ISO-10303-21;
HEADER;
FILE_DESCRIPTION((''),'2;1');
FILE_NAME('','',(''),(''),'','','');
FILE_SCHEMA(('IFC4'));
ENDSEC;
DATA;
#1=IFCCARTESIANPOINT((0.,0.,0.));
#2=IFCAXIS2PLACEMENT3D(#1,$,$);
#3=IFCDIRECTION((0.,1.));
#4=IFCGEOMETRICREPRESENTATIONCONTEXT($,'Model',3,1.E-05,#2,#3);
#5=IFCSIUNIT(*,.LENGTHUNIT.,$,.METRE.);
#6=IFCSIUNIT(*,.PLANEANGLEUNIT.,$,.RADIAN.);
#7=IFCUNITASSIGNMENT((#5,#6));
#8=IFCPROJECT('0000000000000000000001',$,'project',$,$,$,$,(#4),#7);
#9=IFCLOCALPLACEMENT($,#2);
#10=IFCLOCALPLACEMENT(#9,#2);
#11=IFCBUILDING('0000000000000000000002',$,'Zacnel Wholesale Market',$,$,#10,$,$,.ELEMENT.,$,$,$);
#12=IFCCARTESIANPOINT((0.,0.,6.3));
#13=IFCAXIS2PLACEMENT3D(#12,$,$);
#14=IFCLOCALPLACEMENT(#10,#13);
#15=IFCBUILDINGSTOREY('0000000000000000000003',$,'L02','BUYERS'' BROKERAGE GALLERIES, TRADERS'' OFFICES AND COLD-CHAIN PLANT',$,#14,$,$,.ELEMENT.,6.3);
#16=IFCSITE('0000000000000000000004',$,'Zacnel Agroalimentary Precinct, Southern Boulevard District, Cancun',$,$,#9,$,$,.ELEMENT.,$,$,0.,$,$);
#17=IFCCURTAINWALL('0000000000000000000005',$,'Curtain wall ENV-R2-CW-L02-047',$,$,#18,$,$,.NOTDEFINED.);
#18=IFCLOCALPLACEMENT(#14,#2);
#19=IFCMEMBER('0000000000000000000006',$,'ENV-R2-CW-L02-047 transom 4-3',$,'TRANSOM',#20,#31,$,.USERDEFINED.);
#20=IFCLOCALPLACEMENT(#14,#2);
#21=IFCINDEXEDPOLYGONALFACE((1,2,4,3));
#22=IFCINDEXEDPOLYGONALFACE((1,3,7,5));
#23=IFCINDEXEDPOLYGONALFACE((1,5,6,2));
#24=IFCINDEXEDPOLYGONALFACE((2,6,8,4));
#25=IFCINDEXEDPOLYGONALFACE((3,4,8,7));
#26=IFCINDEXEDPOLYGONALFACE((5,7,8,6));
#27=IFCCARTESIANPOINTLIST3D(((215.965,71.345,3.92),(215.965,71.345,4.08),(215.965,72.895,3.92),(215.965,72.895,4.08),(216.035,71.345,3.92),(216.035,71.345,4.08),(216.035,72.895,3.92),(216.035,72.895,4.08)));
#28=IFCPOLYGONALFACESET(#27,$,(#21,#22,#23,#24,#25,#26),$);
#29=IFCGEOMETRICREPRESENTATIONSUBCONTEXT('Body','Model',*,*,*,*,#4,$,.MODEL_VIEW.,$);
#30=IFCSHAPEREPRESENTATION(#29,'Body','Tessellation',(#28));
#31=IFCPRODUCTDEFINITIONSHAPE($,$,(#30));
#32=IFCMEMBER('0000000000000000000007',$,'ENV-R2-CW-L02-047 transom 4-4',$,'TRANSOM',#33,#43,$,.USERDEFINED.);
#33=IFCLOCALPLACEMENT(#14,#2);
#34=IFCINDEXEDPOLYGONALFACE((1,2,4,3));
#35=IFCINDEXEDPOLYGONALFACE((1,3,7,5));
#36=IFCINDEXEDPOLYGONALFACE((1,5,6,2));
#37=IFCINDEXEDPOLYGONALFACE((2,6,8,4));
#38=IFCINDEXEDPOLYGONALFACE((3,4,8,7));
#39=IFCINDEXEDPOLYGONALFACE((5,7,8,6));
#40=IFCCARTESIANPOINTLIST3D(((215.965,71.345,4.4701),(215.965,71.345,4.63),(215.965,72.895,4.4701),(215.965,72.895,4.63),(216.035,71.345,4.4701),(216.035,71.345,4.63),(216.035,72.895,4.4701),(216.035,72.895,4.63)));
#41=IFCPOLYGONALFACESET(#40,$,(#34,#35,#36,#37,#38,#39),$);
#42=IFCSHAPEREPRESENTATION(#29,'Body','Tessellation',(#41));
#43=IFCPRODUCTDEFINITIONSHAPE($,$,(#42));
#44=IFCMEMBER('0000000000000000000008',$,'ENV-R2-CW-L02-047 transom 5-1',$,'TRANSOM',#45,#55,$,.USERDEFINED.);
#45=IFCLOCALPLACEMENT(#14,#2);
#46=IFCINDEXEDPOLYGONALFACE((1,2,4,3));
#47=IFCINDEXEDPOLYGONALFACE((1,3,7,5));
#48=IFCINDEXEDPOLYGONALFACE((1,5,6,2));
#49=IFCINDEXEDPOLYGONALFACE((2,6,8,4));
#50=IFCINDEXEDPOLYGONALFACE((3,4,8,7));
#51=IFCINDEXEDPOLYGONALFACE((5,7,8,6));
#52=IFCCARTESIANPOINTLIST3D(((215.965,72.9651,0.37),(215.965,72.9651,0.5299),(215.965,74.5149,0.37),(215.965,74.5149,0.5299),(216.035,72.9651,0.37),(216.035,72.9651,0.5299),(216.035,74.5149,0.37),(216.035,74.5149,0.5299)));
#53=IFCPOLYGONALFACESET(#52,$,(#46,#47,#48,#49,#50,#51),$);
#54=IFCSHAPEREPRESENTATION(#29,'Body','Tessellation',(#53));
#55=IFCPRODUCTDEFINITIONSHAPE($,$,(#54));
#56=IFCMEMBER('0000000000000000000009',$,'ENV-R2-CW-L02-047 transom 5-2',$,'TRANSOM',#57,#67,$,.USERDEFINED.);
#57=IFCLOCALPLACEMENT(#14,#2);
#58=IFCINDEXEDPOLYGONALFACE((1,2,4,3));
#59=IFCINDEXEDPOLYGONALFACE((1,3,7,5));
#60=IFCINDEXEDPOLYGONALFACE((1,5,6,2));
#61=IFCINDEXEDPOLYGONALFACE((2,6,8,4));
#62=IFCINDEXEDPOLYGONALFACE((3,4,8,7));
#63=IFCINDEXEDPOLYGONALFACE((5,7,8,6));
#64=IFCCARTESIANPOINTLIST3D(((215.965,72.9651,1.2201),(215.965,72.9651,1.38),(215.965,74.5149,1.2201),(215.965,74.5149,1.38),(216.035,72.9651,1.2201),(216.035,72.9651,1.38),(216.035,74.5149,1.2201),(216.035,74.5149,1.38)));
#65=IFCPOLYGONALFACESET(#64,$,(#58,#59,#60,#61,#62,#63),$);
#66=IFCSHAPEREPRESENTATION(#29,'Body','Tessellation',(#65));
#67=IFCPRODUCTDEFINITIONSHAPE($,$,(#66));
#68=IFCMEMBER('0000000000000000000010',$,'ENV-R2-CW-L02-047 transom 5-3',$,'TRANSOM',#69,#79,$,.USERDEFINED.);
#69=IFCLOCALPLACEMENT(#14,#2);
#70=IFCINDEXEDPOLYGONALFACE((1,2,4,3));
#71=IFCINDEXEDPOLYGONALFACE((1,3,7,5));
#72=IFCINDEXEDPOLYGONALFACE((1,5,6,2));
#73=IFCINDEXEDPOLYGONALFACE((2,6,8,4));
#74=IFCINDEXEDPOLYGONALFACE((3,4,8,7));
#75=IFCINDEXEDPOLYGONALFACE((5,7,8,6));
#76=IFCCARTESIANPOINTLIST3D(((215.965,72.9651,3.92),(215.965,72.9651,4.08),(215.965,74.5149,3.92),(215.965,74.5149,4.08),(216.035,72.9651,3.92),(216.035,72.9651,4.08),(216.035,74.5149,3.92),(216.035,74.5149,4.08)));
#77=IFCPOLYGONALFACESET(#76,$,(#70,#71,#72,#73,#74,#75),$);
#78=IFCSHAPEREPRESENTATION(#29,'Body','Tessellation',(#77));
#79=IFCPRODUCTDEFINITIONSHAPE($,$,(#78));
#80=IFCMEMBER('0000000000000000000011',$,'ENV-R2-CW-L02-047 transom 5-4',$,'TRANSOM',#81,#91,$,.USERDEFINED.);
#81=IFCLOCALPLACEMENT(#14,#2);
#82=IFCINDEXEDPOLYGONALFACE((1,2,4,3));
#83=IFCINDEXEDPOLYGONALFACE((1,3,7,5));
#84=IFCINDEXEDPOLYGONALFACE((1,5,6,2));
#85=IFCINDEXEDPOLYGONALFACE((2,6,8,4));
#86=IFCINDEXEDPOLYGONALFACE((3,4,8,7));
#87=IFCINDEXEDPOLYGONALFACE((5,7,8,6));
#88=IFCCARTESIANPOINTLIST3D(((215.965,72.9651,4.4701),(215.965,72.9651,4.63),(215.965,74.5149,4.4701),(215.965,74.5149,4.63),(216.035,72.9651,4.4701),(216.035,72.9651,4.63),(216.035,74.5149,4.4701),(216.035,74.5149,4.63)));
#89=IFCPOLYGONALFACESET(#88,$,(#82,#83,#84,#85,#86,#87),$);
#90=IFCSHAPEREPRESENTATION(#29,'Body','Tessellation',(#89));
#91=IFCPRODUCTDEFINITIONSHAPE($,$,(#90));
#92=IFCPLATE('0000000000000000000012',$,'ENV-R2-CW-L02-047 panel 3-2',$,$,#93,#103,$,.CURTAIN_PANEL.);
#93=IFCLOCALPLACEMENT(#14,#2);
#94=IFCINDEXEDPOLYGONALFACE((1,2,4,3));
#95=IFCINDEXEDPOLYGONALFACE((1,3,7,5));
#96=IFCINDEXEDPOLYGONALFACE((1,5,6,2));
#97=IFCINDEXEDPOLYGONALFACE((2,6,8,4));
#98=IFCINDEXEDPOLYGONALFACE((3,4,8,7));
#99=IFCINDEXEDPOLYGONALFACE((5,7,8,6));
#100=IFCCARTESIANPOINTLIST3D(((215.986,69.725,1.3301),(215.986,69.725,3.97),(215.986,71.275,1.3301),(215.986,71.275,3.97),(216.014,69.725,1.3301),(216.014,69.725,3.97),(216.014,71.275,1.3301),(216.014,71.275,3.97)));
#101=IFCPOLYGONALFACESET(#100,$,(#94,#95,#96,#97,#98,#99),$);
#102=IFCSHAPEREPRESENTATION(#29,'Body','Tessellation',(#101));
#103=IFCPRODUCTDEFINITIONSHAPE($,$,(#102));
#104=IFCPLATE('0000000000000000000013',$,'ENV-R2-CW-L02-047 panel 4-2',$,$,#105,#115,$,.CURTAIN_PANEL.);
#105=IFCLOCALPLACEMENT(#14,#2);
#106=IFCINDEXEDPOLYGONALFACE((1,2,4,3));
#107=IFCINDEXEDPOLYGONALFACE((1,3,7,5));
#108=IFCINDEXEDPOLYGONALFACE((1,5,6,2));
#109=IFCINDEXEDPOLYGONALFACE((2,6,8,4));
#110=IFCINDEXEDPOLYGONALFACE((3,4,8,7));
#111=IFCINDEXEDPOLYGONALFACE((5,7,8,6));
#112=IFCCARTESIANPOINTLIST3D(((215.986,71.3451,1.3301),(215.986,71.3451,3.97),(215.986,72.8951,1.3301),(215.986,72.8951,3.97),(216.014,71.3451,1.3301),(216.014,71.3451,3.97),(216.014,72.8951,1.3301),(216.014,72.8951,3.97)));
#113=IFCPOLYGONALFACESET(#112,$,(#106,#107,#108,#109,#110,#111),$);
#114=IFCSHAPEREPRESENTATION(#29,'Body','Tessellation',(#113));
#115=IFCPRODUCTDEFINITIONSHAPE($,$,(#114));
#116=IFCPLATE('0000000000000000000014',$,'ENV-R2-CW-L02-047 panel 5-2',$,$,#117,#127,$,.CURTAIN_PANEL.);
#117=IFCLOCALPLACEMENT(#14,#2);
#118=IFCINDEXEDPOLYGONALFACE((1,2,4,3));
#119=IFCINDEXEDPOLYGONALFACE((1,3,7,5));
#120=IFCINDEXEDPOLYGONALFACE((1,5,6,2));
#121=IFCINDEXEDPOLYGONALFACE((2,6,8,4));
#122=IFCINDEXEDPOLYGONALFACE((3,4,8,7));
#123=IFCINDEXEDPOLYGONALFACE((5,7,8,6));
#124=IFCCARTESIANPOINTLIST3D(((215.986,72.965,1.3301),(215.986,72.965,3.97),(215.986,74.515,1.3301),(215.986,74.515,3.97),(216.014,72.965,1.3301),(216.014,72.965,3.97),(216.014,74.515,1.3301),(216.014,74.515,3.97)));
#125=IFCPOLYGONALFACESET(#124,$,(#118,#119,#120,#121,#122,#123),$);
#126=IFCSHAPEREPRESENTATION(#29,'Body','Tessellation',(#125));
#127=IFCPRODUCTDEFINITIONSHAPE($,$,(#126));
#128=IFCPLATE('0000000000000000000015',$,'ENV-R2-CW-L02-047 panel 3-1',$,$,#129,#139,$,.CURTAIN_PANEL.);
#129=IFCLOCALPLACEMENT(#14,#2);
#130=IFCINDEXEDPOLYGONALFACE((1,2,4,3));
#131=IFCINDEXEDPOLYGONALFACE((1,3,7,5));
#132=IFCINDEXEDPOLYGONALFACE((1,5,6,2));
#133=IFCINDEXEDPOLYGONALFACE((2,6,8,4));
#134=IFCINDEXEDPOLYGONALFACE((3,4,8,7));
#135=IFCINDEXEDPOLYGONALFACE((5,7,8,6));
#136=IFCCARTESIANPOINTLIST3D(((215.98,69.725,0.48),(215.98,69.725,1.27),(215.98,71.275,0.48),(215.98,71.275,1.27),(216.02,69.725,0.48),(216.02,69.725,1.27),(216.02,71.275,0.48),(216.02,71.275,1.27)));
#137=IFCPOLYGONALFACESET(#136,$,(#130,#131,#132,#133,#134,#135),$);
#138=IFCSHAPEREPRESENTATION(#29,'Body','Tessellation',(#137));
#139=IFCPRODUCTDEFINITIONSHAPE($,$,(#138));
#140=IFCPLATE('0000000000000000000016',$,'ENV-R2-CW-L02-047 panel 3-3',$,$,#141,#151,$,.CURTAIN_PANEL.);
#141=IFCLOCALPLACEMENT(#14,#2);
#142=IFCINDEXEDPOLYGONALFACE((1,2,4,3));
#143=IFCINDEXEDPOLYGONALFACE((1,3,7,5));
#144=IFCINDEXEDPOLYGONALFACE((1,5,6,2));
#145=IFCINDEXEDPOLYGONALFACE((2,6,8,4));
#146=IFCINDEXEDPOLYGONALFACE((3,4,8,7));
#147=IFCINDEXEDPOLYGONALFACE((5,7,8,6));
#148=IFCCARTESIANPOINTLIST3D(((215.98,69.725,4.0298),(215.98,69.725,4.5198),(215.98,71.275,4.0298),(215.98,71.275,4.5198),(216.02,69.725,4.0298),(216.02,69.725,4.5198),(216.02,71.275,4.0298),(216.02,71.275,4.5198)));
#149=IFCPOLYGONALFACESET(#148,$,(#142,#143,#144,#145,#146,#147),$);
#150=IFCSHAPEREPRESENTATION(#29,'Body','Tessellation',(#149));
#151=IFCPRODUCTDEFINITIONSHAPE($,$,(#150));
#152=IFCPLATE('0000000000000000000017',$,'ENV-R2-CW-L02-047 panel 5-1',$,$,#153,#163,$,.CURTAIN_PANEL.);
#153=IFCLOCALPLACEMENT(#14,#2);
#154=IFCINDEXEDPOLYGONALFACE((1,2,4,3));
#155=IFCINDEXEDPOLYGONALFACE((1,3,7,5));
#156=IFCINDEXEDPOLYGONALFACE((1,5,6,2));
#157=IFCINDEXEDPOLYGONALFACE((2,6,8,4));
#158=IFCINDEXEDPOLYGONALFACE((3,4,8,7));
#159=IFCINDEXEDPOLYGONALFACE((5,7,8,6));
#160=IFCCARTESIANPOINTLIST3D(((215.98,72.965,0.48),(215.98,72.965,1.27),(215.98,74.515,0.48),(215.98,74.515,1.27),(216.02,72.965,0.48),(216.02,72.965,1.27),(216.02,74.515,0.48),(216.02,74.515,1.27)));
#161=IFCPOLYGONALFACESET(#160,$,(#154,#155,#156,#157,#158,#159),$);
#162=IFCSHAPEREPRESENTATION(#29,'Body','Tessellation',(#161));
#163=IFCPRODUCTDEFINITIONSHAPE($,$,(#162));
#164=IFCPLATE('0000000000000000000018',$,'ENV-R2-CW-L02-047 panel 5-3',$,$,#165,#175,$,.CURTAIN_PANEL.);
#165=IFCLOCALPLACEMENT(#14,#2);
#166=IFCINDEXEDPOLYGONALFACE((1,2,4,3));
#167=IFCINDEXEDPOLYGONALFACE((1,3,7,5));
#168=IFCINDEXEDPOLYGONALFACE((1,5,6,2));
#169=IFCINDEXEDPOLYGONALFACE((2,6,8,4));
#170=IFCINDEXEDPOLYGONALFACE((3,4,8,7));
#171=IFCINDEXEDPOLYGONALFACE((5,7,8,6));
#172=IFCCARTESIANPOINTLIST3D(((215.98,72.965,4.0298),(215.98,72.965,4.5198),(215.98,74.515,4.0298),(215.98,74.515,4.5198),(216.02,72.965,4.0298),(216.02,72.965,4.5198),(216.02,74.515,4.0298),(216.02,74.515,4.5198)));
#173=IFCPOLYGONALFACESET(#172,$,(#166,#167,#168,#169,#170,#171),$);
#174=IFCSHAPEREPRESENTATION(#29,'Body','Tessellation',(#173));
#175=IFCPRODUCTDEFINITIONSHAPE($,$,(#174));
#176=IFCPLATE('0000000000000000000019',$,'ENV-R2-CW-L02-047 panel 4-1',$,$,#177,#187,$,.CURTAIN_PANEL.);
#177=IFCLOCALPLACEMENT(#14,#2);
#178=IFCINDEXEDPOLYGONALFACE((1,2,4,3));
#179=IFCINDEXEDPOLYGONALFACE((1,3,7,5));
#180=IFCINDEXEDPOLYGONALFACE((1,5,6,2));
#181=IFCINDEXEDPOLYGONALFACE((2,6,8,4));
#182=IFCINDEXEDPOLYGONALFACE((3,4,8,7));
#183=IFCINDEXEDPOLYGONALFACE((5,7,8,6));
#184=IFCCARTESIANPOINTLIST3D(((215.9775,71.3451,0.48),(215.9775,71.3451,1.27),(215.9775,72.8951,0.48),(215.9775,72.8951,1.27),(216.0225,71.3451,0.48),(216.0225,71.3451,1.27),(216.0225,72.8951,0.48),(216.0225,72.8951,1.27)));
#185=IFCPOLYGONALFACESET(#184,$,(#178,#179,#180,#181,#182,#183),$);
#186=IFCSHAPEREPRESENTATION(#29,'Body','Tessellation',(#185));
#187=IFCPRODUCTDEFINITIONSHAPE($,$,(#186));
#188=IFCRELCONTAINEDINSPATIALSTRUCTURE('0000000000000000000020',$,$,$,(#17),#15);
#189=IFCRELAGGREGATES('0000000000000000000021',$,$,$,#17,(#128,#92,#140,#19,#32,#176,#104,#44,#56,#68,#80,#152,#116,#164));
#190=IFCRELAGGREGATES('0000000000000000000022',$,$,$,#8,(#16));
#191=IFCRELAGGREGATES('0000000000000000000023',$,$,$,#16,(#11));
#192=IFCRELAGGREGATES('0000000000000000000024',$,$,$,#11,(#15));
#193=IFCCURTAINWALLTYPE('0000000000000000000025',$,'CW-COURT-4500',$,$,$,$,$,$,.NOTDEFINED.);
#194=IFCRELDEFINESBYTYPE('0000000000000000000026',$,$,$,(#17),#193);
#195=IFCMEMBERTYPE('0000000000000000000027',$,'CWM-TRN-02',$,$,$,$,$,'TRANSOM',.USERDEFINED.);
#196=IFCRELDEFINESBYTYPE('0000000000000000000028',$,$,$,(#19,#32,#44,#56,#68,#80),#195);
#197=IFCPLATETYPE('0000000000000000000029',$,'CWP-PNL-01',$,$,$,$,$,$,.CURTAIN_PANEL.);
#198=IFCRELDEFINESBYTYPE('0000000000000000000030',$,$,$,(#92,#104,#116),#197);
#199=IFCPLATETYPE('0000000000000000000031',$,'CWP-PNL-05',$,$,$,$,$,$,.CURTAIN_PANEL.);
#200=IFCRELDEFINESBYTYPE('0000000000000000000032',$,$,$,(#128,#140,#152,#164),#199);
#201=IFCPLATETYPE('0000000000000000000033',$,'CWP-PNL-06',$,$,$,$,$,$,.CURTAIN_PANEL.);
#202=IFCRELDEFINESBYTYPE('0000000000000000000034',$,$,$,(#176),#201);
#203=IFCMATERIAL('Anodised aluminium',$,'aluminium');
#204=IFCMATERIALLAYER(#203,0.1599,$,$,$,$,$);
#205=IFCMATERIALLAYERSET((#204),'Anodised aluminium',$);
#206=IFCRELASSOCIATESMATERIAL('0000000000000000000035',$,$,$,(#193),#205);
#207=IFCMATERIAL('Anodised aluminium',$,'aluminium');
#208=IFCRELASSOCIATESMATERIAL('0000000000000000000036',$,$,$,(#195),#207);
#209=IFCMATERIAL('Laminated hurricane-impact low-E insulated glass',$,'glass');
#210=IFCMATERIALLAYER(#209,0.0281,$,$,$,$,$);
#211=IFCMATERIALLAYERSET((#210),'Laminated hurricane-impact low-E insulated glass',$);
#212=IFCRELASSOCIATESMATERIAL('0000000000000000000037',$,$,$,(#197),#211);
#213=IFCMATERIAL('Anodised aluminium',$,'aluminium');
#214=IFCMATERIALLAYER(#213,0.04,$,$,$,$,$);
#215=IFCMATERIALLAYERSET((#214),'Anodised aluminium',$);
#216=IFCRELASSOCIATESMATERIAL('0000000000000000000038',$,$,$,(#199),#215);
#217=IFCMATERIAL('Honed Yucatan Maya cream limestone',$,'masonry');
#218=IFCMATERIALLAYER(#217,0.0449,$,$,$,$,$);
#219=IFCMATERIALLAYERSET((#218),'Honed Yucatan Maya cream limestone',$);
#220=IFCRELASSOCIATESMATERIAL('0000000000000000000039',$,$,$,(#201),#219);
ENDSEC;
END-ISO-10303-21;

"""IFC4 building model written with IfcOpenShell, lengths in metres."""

from ifc_helpers import new_model, si_unit, direction, frame, origin, origin_2d, place, context, subcontext, project, spatial, rectangle, extrude, material, layer, layer_set, material_profile, profile_set, type_object, element, aggregate, save


model = new_model("IFC4")

# Units and contexts
model_context = context("Model", 3, precision=1e-05, world=origin(), true_north=direction((0.0, 1.0)))
body_context = subcontext(model_context, "Body", "Model", "MODEL_VIEW")
ifc_project = project(units=[si_unit("LENGTHUNIT", "METRE"), si_unit("PLANEANGLEUNIT", "RADIAN")], contexts=[model_context])

# Site, building, storey
site_placement = place(None, origin())
site = spatial("IfcSite", under=ifc_project, at=site_placement, Name="Zacnel Agroalimentary Precinct, Southern Boulevard District, Cancun", CompositionType="ELEMENT", RefElevation=0.0)
building_placement = place(site_placement, origin())
building = spatial("IfcBuilding", under=site, at=building_placement, Name="Zacnel Wholesale Market", CompositionType="ELEMENT")
storey_placement = place(building_placement, frame((0.0, 0.0, 6.3)))
storey = spatial("IfcBuildingStorey", under=building, at=storey_placement, Name="L02", Description="BUYERS' BROKERAGE GALLERIES, TRADERS' OFFICES AND COLD-CHAIN PLANT", CompositionType="ELEMENT", Elevation=6.3)

# Curtain wall, members, plates
ifc_material_1 = material(Name="Anodised aluminium", Category="aluminium")
ifc_layer_1 = layer(ifc_material_1, 0.1599)
ifc_layer_set_1 = layer_set([ifc_layer_1], Name="Anodised aluminium")
curtain_wall_type = type_object("IfcCurtainWallType", Name="CW-COURT-4500", PredefinedType="NOTDEFINED", material=ifc_layer_set_1)
curtain_wall_placement = place(storey_placement, origin())
curtain_wall = element("IfcCurtainWall", 1, at=curtain_wall_placement, inside=storey, type_object=curtain_wall_type, Name="Curtain wall ENV-R2-CW-L02-047", PredefinedType="NOTDEFINED")
ifc_material_2 = material(Name="Anodised aluminium", Category="aluminium")
ifc_material_profile_1 = material_profile(ifc_material_2, rectangle(XDim=0.0701, YDim=0.1599, at=origin_2d()), Name="AW-TRANSOM 70x160")
ifc_profile_set_1 = profile_set([ifc_material_profile_1], Name="Anodised aluminium")
member_type_1 = type_object("IfcMemberType", Name="CWM-TRN-02", ElementType="TRANSOM", PredefinedType="USERDEFINED", material=ifc_profile_set_1)
member_1_placement = place(storey_placement, frame((216.0, 71.345, 4.0), z_axis=(0.0, 1.0, 0.0), x_axis=(-1.0, 0.0, 0.0)))
member_1 = element("IfcMember", 2, at=member_1_placement, type_object=member_type_1, Name="ENV-R2-CW-L02-047 transom 4-3", ObjectType="TRANSOM", PredefinedType="USERDEFINED", context=body_context, shape_type="SweptSolid", body=[
    extrude(rectangle(XDim=0.0701, YDim=0.1599, at=origin_2d()), origin(), (0.0, 0.0, 1.0), 1.55),
])
member_2_placement = place(storey_placement, frame((216.0, 71.345, 4.55), z_axis=(0.0, 1.0, 0.0), x_axis=(-1.0, 0.0, 0.0)))
member_2 = element("IfcMember", 3, at=member_2_placement, type_object=member_type_1, Name="ENV-R2-CW-L02-047 transom 4-4", ObjectType="TRANSOM", PredefinedType="USERDEFINED", context=body_context, shape_type="SweptSolid", body=[
    extrude(rectangle(XDim=0.0701, YDim=0.1599, at=origin_2d()), origin(), (0.0, 0.0, 1.0), 1.55),
])
member_3_placement = place(storey_placement, frame((216.0, 72.9651, 0.45), z_axis=(0.0, 1.0, 0.0), x_axis=(-1.0, 0.0, 0.0)))
member_3 = element("IfcMember", 4, at=member_3_placement, type_object=member_type_1, Name="ENV-R2-CW-L02-047 transom 5-1", ObjectType="TRANSOM", PredefinedType="USERDEFINED", context=body_context, shape_type="SweptSolid", body=[
    extrude(rectangle(XDim=0.0701, YDim=0.1599, at=origin_2d()), origin(), (0.0, 0.0, 1.0), 1.5498),
])
member_4_placement = place(storey_placement, frame((216.0, 72.9651, 1.3), z_axis=(0.0, 1.0, 0.0), x_axis=(-1.0, 0.0, 0.0)))
member_4 = element("IfcMember", 5, at=member_4_placement, type_object=member_type_1, Name="ENV-R2-CW-L02-047 transom 5-2", ObjectType="TRANSOM", PredefinedType="USERDEFINED", context=body_context, shape_type="SweptSolid", body=[
    extrude(rectangle(XDim=0.0701, YDim=0.1599, at=origin_2d()), origin(), (0.0, 0.0, 1.0), 1.5498),
])
member_5_placement = place(storey_placement, frame((216.0, 72.9651, 4.0), z_axis=(0.0, 1.0, 0.0), x_axis=(-1.0, 0.0, 0.0)))
member_5 = element("IfcMember", 6, at=member_5_placement, type_object=member_type_1, Name="ENV-R2-CW-L02-047 transom 5-3", ObjectType="TRANSOM", PredefinedType="USERDEFINED", context=body_context, shape_type="SweptSolid", body=[
    extrude(rectangle(XDim=0.0701, YDim=0.1599, at=origin_2d()), origin(), (0.0, 0.0, 1.0), 1.5498),
])
member_6_placement = place(storey_placement, frame((216.0, 72.9651, 4.55), z_axis=(0.0, 1.0, 0.0), x_axis=(-1.0, 0.0, 0.0)))
member_6 = element("IfcMember", 7, at=member_6_placement, type_object=member_type_1, Name="ENV-R2-CW-L02-047 transom 5-4", ObjectType="TRANSOM", PredefinedType="USERDEFINED", context=body_context, shape_type="SweptSolid", body=[
    extrude(rectangle(XDim=0.0701, YDim=0.1599, at=origin_2d()), origin(), (0.0, 0.0, 1.0), 1.5498),
])
ifc_material_3 = material(Name="Laminated hurricane-impact low-E insulated glass", Category="glass")
ifc_layer_2 = layer(ifc_material_3, 0.0281)
ifc_layer_set_2 = layer_set([ifc_layer_2], Name="Laminated hurricane-impact low-E insulated glass")
plate_type_1 = type_object("IfcPlateType", Name="CWP-PNL-01", PredefinedType="CURTAIN_PANEL", material=ifc_layer_set_2)
plate_1_placement = place(storey_placement, frame((216.0, 70.5, 1.3301), z_axis=(0.0, 0.0, 1.0), x_axis=(0.0, 1.0, 0.0)))
plate_1 = element("IfcPlate", 8, at=plate_1_placement, type_object=plate_type_1, Name="ENV-R2-CW-L02-047 panel 3-2", PredefinedType="CURTAIN_PANEL", context=body_context, shape_type="SweptSolid", body=[
    extrude(rectangle(XDim=1.55, YDim=0.0281, at=origin_2d()), origin(), (0.0, 0.0, 1.0), 2.6399),
])
plate_2_placement = place(storey_placement, frame((216.0, 72.1201, 1.3301), z_axis=(0.0, 0.0, 1.0), x_axis=(0.0, 1.0, 0.0)))
plate_2 = element("IfcPlate", 9, at=plate_2_placement, type_object=plate_type_1, Name="ENV-R2-CW-L02-047 panel 4-2", PredefinedType="CURTAIN_PANEL", context=body_context, shape_type="SweptSolid", body=[
    extrude(rectangle(XDim=1.55, YDim=0.0281, at=origin_2d()), origin(), (0.0, 0.0, 1.0), 2.6399),
])
plate_3_placement = place(storey_placement, frame((216.0, 73.74, 1.3301), z_axis=(0.0, 0.0, 1.0), x_axis=(0.0, 1.0, 0.0)))
plate_3 = element("IfcPlate", 10, at=plate_3_placement, type_object=plate_type_1, Name="ENV-R2-CW-L02-047 panel 5-2", PredefinedType="CURTAIN_PANEL", context=body_context, shape_type="SweptSolid", body=[
    extrude(rectangle(XDim=1.55, YDim=0.0281, at=origin_2d()), origin(), (0.0, 0.0, 1.0), 2.6399),
])
ifc_material_4 = material(Name="Anodised aluminium", Category="aluminium")
ifc_layer_3 = layer(ifc_material_4, 0.04)
ifc_layer_set_3 = layer_set([ifc_layer_3], Name="Anodised aluminium")
plate_type_2 = type_object("IfcPlateType", Name="CWP-PNL-05", PredefinedType="CURTAIN_PANEL", material=ifc_layer_set_3)
plate_4_placement = place(storey_placement, frame((216.0, 70.5, 0.48), z_axis=(0.0, 0.0, 1.0), x_axis=(0.0, 1.0, 0.0)))
plate_4 = element("IfcPlate", 11, at=plate_4_placement, type_object=plate_type_2, Name="ENV-R2-CW-L02-047 panel 3-1", PredefinedType="CURTAIN_PANEL", context=body_context, shape_type="SweptSolid", body=[
    extrude(rectangle(XDim=1.55, YDim=0.04, at=origin_2d()), origin(), (0.0, 0.0, 1.0), 0.79),
])
plate_5_placement = place(storey_placement, frame((216.0, 70.5, 4.0298), z_axis=(0.0, 0.0, 1.0), x_axis=(0.0, 1.0, 0.0)))
plate_5 = element("IfcPlate", 12, at=plate_5_placement, type_object=plate_type_2, Name="ENV-R2-CW-L02-047 panel 3-3", PredefinedType="CURTAIN_PANEL", context=body_context, shape_type="SweptSolid", body=[
    extrude(rectangle(XDim=1.55, YDim=0.04, at=origin_2d()), origin(), (0.0, 0.0, 1.0), 0.49),
])
plate_6_placement = place(storey_placement, frame((216.0, 73.74, 0.48), z_axis=(0.0, 0.0, 1.0), x_axis=(0.0, 1.0, 0.0)))
plate_6 = element("IfcPlate", 13, at=plate_6_placement, type_object=plate_type_2, Name="ENV-R2-CW-L02-047 panel 5-1", PredefinedType="CURTAIN_PANEL", context=body_context, shape_type="SweptSolid", body=[
    extrude(rectangle(XDim=1.55, YDim=0.04, at=origin_2d()), origin(), (0.0, 0.0, 1.0), 0.79),
])
plate_7_placement = place(storey_placement, frame((216.0, 73.74, 4.0298), z_axis=(0.0, 0.0, 1.0), x_axis=(0.0, 1.0, 0.0)))
plate_7 = element("IfcPlate", 14, at=plate_7_placement, type_object=plate_type_2, Name="ENV-R2-CW-L02-047 panel 5-3", PredefinedType="CURTAIN_PANEL", context=body_context, shape_type="SweptSolid", body=[
    extrude(rectangle(XDim=1.55, YDim=0.04, at=origin_2d()), origin(), (0.0, 0.0, 1.0), 0.49),
])
ifc_material_5 = material(Name="Honed Yucatan Maya cream limestone", Category="masonry")
ifc_layer_4 = layer(ifc_material_5, 0.0449)
ifc_layer_set_4 = layer_set([ifc_layer_4], Name="Honed Yucatan Maya cream limestone")
plate_type_3 = type_object("IfcPlateType", Name="CWP-PNL-06", PredefinedType="CURTAIN_PANEL", material=ifc_layer_set_4)
plate_8_placement = place(storey_placement, frame((216.0, 72.1201, 0.48), z_axis=(0.0, 0.0, 1.0), x_axis=(0.0, 1.0, 0.0)))
plate_8 = element("IfcPlate", 15, at=plate_8_placement, type_object=plate_type_3, Name="ENV-R2-CW-L02-047 panel 4-1", PredefinedType="CURTAIN_PANEL", context=body_context, shape_type="SweptSolid", body=[
    extrude(rectangle(XDim=1.55, YDim=0.0449, at=origin_2d()), origin(), (0.0, 0.0, 1.0), 0.79),
])
aggregate(curtain_wall, [plate_4, plate_1, plate_5, member_1, member_2, plate_8, plate_2, member_3, member_4, member_5, member_6, plate_6, plate_3, plate_7])

save(model, "model.ifc")
